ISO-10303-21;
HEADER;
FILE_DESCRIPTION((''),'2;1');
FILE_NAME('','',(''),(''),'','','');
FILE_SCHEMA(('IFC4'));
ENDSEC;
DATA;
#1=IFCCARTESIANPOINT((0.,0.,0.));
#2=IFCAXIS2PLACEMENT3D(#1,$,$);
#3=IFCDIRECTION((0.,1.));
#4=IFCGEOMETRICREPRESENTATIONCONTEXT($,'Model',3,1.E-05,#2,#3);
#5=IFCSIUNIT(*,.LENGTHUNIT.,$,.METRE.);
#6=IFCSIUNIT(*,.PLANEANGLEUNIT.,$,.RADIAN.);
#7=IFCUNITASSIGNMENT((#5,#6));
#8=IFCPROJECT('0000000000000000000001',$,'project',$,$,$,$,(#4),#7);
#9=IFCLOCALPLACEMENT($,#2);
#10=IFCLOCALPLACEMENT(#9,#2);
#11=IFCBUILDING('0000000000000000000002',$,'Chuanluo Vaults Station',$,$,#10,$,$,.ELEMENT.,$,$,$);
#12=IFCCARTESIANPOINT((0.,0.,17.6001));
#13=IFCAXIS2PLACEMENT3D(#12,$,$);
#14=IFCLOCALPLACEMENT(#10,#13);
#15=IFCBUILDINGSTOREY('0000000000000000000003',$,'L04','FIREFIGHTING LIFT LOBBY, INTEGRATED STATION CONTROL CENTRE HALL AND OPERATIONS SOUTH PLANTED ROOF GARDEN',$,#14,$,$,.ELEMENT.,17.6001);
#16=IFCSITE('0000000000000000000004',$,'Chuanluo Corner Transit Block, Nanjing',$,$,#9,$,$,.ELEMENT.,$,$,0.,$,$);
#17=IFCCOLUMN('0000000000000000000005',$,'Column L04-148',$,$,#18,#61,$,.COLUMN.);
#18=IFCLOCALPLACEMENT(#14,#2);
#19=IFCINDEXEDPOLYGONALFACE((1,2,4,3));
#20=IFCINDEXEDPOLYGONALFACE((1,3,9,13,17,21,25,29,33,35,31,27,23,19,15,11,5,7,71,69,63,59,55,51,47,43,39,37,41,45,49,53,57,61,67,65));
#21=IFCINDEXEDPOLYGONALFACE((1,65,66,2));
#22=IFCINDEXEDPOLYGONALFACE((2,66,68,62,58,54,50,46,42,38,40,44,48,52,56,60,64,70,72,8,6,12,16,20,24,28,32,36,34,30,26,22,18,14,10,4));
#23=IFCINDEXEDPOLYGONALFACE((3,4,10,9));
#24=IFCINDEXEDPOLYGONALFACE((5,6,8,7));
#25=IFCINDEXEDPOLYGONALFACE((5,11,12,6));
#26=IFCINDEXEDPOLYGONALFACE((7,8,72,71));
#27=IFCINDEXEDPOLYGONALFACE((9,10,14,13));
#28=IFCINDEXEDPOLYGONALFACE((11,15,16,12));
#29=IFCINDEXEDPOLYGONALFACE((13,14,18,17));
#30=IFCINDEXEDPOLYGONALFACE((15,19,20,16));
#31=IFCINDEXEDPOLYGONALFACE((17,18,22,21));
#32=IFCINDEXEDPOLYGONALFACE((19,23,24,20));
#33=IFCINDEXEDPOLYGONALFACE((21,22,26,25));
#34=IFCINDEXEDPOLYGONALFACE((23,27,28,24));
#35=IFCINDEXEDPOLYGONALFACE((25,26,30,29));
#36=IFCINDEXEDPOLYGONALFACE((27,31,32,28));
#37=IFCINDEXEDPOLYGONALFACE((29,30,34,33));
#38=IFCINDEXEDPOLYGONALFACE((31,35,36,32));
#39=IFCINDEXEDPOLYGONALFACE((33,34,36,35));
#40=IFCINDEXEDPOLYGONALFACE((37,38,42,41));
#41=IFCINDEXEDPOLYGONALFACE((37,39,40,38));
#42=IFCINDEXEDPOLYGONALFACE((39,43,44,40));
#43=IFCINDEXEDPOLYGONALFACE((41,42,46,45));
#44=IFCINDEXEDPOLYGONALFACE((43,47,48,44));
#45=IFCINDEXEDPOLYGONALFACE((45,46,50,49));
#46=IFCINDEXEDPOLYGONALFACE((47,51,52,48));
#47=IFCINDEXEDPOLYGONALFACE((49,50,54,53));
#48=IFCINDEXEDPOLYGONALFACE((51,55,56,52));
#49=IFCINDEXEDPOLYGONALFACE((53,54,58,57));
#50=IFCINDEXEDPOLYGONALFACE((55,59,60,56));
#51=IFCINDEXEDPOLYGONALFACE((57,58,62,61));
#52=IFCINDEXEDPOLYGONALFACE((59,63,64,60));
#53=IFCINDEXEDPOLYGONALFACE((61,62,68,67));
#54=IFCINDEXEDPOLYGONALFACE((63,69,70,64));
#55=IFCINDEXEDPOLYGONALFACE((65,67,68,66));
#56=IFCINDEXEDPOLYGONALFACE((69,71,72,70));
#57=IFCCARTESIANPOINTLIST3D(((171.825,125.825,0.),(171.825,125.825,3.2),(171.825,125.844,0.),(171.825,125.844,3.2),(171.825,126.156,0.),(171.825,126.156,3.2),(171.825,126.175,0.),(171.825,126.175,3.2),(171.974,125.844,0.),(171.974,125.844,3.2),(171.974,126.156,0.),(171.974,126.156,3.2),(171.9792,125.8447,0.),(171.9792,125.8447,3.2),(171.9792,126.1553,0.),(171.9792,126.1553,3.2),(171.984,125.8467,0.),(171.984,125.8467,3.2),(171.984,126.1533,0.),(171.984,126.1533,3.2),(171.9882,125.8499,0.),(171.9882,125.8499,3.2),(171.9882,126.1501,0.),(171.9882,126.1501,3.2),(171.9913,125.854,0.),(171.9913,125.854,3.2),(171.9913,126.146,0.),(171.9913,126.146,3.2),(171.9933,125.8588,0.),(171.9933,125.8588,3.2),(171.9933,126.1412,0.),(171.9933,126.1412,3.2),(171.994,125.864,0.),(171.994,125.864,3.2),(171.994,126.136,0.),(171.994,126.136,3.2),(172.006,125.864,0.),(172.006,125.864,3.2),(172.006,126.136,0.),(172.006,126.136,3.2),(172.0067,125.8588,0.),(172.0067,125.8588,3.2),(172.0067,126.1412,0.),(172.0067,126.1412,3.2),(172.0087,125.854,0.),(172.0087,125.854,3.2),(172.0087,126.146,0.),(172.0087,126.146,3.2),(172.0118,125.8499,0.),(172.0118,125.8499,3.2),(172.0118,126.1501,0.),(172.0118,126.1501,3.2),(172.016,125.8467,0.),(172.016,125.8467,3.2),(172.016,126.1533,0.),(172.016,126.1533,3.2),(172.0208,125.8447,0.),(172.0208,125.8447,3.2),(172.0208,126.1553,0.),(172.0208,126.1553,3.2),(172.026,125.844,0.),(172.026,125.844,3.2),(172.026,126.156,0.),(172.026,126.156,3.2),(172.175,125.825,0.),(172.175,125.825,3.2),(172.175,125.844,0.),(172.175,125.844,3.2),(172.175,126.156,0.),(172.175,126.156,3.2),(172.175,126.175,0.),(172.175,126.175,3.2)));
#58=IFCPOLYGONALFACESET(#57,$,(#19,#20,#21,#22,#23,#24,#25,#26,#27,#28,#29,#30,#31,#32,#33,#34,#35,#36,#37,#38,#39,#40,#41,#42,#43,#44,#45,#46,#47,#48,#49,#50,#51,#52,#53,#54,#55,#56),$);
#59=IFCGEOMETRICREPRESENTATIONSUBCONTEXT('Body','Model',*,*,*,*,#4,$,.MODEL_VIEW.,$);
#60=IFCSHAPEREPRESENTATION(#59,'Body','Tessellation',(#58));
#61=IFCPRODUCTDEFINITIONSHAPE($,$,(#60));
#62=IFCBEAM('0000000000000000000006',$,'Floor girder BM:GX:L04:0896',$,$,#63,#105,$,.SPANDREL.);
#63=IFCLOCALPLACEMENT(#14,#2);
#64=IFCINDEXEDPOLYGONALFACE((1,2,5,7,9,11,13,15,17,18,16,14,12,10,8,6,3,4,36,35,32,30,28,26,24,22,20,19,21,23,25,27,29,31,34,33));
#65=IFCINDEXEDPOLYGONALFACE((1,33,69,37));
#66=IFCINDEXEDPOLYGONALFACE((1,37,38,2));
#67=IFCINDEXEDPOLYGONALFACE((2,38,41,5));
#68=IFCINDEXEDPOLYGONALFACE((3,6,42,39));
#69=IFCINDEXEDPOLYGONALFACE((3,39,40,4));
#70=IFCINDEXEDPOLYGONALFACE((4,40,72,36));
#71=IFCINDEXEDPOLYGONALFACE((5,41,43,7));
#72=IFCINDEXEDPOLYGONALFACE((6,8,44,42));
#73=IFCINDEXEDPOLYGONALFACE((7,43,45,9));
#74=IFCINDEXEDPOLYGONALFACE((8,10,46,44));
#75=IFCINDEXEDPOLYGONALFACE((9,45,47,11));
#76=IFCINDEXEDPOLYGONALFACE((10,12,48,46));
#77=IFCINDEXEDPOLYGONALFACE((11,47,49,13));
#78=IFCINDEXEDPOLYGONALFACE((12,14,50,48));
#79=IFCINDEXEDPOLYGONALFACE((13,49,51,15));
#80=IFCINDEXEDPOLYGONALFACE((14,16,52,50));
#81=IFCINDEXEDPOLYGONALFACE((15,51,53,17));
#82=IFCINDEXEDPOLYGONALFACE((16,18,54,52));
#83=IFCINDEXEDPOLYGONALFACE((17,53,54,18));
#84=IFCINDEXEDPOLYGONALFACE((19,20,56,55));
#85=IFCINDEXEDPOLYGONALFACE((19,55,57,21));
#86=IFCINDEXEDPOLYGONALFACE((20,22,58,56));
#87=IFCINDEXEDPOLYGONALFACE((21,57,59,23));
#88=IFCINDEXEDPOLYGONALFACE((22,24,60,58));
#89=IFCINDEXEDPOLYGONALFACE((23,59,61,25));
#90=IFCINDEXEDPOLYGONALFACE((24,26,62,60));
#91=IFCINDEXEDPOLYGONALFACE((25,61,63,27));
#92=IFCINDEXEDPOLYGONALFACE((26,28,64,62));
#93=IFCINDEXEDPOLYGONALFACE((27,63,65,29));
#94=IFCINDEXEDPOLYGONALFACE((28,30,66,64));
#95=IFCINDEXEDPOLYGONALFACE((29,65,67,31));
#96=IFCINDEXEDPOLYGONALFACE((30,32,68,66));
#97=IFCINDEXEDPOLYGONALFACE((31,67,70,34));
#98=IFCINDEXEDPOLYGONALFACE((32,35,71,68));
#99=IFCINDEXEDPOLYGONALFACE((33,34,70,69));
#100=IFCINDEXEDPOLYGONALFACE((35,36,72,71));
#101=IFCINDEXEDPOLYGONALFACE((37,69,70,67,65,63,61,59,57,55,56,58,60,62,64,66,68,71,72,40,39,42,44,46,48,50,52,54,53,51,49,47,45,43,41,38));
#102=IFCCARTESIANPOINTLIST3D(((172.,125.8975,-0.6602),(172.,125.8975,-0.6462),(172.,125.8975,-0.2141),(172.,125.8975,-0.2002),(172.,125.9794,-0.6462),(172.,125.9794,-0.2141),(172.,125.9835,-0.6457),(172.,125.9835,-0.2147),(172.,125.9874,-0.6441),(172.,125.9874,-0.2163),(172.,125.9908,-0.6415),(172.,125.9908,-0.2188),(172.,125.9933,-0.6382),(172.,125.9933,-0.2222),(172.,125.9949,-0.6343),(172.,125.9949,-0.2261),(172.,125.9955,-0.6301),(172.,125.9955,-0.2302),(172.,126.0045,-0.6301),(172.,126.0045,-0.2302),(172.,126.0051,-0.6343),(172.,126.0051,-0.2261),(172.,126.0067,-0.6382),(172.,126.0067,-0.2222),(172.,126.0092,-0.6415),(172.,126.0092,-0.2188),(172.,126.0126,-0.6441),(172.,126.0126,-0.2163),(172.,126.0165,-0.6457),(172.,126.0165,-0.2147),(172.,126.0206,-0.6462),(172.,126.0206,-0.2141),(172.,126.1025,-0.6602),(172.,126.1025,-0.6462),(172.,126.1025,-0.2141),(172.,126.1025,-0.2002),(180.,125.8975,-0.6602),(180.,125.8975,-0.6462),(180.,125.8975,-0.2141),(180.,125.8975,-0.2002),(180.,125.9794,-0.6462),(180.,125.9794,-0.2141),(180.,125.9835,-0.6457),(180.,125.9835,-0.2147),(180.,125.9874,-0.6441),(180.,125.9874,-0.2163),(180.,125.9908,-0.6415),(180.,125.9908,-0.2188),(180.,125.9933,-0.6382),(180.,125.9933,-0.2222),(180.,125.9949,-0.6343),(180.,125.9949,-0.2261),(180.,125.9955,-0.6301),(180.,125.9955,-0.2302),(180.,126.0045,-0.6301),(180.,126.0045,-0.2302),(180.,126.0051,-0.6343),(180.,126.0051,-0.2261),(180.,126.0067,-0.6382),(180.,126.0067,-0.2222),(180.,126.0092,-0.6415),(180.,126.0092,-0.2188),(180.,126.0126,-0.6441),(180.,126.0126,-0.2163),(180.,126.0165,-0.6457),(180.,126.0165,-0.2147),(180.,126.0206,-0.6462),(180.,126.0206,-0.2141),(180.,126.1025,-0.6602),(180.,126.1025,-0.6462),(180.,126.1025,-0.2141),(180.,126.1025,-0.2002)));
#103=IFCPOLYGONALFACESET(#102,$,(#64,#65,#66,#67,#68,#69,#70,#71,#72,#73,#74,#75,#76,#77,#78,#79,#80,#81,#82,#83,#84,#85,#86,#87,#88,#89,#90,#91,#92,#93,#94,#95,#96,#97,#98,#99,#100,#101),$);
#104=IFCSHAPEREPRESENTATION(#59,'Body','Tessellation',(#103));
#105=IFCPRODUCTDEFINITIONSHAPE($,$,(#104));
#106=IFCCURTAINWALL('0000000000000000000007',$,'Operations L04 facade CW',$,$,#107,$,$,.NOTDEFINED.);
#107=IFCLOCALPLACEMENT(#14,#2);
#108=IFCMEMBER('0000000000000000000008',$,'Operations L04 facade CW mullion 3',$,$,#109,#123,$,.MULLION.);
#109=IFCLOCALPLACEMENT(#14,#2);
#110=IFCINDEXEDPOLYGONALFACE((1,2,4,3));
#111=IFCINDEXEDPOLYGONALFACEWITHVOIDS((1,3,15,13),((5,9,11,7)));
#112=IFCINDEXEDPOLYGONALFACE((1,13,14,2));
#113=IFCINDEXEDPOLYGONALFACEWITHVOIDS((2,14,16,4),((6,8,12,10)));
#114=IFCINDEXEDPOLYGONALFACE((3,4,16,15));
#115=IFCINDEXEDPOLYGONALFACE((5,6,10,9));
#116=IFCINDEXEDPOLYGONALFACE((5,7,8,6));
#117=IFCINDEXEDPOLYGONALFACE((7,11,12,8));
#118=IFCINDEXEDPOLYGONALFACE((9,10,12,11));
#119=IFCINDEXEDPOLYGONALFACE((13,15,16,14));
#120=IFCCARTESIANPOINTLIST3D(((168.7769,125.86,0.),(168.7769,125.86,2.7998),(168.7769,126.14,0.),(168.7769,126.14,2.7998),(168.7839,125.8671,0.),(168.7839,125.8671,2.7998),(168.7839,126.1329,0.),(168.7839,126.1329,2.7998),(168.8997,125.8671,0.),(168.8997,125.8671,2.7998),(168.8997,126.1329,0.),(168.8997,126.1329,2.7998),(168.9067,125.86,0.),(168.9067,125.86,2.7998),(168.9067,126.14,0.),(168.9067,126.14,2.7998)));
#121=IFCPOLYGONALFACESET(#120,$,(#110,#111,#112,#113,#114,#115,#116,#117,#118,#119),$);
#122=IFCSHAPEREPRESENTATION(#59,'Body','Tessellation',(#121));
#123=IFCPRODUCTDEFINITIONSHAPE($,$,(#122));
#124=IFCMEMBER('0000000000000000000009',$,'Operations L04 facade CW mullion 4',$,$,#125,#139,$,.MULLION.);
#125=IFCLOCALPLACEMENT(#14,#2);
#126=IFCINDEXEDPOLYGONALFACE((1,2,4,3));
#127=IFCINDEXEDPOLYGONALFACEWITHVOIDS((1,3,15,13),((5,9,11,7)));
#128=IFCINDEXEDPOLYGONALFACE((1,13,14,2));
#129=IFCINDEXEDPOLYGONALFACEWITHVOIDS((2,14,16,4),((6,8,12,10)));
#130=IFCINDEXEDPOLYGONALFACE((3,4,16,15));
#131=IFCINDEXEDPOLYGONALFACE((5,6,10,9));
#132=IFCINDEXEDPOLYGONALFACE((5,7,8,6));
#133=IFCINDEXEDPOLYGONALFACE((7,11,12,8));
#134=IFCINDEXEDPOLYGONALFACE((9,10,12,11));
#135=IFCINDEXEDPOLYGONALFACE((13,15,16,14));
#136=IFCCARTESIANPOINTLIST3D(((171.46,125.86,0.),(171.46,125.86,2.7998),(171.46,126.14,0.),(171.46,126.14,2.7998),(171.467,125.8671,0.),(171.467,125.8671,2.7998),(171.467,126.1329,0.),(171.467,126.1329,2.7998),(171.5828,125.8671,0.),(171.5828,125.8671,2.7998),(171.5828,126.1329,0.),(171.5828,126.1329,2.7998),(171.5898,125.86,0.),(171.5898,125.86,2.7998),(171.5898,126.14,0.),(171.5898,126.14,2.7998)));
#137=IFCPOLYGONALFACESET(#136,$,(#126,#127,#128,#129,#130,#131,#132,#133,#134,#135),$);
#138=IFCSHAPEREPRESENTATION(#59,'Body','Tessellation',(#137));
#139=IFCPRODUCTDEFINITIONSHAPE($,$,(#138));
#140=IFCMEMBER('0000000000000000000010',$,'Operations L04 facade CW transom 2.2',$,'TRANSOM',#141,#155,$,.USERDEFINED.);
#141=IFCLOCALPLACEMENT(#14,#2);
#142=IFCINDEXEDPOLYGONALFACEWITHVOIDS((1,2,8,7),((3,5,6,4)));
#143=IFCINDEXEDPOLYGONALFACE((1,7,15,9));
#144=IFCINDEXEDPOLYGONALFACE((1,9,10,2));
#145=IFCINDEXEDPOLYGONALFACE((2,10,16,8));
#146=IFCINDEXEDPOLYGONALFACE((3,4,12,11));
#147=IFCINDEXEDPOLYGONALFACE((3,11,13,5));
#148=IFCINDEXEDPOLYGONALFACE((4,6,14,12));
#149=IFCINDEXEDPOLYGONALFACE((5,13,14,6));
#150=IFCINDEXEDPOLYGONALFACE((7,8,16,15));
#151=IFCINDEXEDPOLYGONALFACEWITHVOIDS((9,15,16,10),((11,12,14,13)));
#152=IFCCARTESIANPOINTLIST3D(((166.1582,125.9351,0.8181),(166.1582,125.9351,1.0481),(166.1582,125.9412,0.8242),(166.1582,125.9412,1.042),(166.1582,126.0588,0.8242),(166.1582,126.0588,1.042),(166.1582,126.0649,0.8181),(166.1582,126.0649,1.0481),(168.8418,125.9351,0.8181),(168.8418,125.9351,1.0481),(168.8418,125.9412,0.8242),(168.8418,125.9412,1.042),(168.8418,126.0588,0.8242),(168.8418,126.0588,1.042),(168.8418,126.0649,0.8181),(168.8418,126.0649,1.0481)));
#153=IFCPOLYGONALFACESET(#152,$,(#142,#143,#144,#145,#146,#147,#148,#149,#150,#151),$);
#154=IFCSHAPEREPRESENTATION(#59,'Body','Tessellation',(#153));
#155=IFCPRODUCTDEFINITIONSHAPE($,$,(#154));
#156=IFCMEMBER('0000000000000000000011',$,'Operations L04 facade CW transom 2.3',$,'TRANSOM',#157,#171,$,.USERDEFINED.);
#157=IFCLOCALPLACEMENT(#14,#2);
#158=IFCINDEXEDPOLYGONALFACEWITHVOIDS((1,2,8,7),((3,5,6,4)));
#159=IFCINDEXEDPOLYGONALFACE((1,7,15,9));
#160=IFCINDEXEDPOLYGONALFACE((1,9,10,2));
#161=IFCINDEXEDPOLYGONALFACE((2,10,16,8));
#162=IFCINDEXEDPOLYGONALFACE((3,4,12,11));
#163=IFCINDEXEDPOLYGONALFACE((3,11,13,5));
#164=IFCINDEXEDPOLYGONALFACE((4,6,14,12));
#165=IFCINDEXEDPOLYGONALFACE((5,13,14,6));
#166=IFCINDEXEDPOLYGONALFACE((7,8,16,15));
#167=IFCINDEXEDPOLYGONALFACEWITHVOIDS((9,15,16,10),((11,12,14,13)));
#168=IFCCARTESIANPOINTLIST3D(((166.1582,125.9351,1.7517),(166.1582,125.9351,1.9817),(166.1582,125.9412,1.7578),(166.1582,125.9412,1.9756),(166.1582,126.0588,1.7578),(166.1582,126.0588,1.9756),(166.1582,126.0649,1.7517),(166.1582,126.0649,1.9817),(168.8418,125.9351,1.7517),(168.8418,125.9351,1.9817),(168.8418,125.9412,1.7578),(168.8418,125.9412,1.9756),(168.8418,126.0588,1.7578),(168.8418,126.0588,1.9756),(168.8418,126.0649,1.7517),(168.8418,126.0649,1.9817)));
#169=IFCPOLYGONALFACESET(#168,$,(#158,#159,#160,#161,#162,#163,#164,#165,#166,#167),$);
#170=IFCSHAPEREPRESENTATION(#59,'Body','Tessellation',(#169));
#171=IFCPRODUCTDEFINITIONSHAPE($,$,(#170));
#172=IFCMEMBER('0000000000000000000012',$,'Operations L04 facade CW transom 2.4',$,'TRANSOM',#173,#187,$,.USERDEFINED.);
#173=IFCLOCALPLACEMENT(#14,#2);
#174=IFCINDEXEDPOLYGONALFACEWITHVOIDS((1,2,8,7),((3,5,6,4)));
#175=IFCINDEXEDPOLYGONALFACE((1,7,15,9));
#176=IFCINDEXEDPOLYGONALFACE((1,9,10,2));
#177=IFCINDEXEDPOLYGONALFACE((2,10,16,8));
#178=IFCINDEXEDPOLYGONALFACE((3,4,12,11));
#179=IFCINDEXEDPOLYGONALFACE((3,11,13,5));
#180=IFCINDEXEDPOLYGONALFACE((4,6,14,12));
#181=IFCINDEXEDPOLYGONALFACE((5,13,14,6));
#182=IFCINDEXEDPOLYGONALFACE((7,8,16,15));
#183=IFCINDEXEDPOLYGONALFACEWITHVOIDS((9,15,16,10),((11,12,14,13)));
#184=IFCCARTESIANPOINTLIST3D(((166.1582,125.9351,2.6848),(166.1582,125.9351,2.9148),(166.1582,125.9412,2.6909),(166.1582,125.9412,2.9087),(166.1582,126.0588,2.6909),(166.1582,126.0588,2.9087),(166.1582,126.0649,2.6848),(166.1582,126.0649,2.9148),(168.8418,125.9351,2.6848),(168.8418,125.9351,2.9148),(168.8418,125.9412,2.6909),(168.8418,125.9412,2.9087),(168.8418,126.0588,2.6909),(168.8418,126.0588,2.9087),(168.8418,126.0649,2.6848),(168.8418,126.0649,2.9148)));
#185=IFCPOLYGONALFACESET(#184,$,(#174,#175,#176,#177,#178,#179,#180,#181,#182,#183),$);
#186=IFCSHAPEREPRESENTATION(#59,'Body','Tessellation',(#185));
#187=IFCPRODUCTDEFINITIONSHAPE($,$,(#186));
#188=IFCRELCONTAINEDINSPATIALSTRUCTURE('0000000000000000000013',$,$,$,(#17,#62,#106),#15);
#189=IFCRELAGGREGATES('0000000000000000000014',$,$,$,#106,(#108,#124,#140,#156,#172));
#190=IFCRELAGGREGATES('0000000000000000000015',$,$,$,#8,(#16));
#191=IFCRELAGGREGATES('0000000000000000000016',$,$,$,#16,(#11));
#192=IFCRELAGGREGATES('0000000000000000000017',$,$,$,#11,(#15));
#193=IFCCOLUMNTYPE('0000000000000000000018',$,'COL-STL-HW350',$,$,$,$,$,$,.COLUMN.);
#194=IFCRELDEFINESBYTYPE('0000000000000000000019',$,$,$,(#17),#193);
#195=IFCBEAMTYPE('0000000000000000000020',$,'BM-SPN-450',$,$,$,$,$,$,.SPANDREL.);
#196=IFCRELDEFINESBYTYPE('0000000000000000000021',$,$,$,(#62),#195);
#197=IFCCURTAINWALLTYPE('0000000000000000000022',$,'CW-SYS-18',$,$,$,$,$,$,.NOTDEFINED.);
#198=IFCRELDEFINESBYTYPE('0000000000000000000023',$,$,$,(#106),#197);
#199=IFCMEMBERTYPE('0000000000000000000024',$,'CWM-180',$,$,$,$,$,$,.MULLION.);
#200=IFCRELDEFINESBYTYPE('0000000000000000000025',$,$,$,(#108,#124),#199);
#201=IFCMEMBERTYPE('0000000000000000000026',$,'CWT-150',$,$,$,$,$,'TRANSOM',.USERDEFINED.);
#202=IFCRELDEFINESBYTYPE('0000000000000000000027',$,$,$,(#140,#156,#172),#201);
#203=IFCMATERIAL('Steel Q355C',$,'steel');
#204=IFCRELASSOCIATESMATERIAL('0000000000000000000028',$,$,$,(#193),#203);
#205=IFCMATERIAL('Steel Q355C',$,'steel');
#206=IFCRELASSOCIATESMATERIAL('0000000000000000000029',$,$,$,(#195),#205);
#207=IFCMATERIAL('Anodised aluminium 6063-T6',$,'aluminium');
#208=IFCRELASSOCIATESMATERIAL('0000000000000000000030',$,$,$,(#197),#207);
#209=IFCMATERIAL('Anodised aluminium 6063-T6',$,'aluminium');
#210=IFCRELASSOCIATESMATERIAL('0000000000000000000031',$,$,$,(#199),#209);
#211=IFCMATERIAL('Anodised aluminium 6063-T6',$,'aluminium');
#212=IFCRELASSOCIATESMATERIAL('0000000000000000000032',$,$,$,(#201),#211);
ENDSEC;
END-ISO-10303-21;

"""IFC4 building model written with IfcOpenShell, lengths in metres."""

from ifc_helpers import new_model, si_unit, direction, frame, origin, origin_2d, place, context, subcontext, project, spatial, hollow_rectangle, i_section, extrude, material, material_profile, profile_set, type_object, element, aggregate, save


model = new_model("IFC4")

# Units and contexts
model_context = context("Model", 3, precision=1e-05, world=origin(), true_north=direction((0.0, 1.0)))
body_context = subcontext(model_context, "Body", "Model", "MODEL_VIEW")
ifc_project = project(units=[si_unit("LENGTHUNIT", "METRE"), si_unit("PLANEANGLEUNIT", "RADIAN")], contexts=[model_context])

# Site, building, storey
site_placement = place(None, origin())
site = spatial("IfcSite", under=ifc_project, at=site_placement, Name="Chuanluo Corner Transit Block, Nanjing", CompositionType="ELEMENT", RefElevation=0.0)
building_placement = place(site_placement, origin())
building = spatial("IfcBuilding", under=site, at=building_placement, Name="Chuanluo Vaults Station", CompositionType="ELEMENT")
storey_placement = place(building_placement, frame((0.0, 0.0, 17.6001)))
storey = spatial("IfcBuildingStorey", under=building, at=storey_placement, Name="L04", Description="FIREFIGHTING LIFT LOBBY, INTEGRATED STATION CONTROL CENTRE HALL AND OPERATIONS SOUTH PLANTED ROOF GARDEN", CompositionType="ELEMENT", Elevation=17.6001)

# Column
ifc_material_1 = material(Name="Steel Q355C", Category="steel")
ifc_material_profile_1 = material_profile(ifc_material_1, i_section(OverallWidth=0.3501, OverallDepth=0.3501, WebThickness=0.012, FlangeThickness=0.019, FilletRadius=0.02, at=origin_2d()))
ifc_profile_set_1 = profile_set([ifc_material_profile_1], Name="Steel Q355C")
column_type = type_object("IfcColumnType", Name="COL-STL-HW350", PredefinedType="COLUMN", material=ifc_profile_set_1)
column_placement = place(storey_placement, frame((172.0, 126.0, 0.0), z_axis=(0.0, 0.0, 1.0), x_axis=(1.0, 0.0, 0.0)))
element("IfcColumn", 1, at=column_placement, inside=storey, type_object=column_type, Name="Column L04-148", PredefinedType="COLUMN", context=body_context, shape_type="SweptSolid", body=[
    extrude(i_section(OverallWidth=0.3501, OverallDepth=0.3501, WebThickness=0.012, FlangeThickness=0.019, FilletRadius=0.02, at=origin_2d()), origin(), (0.0, 0.0, 1.0), 3.2),
])

# Beam
ifc_material_2 = material(Name="Steel Q355C", Category="steel")
ifc_material_profile_2 = material_profile(ifc_material_2, i_section(OverallWidth=0.2051, OverallDepth=0.46, WebThickness=0.009, FlangeThickness=0.0139, FilletRadius=0.0161, at=origin_2d()))
ifc_profile_set_2 = profile_set([ifc_material_profile_2], Name="Steel Q355C")
beam_type = type_object("IfcBeamType", Name="BM-SPN-450", PredefinedType="SPANDREL", material=ifc_profile_set_2)
beam_placement = place(storey_placement, frame((172.0, 126.0, -0.4302), z_axis=(1.0, 0.0, 0.0), x_axis=(0.0, 1.0, 0.0)))
element("IfcBeam", 2, at=beam_placement, inside=storey, type_object=beam_type, Name="Floor girder BM:GX:L04:0896", PredefinedType="SPANDREL", context=body_context, shape_type="SweptSolid", body=[
    extrude(i_section(OverallWidth=0.2051, OverallDepth=0.46, WebThickness=0.009, FlangeThickness=0.0139, FilletRadius=0.0161, at=origin_2d()), origin(), (0.0, 0.0, 1.0), 8.0),
])

# Curtain wall, members
ifc_material_3 = material(Name="Anodised aluminium 6063-T6", Category="aluminium")
curtain_wall_type = type_object("IfcCurtainWallType", Name="CW-SYS-18", PredefinedType="NOTDEFINED", material=ifc_material_3)
curtain_wall_placement = place(storey_placement, origin())
curtain_wall = element("IfcCurtainWall", 3, at=curtain_wall_placement, inside=storey, type_object=curtain_wall_type, Name="Operations L04 facade CW", PredefinedType="NOTDEFINED")
ifc_material_4 = material(Name="Anodised aluminium 6063-T6", Category="aluminium")
ifc_material_profile_3 = material_profile(ifc_material_4, hollow_rectangle(XDim=0.1299, YDim=0.28, WallThickness=0.0071, at=origin_2d()))
ifc_profile_set_3 = profile_set([ifc_material_profile_3], Name="Anodised aluminium 6063-T6")
member_type_1 = type_object("IfcMemberType", Name="CWM-180", PredefinedType="MULLION", material=ifc_profile_set_3)
member_1_placement = place(storey_placement, frame((168.8418, 126.0, 0.0), z_axis=(0.0, 0.0, 1.0), x_axis=(1.0, 0.0, 0.0)))
member_1 = element("IfcMember", 4, at=member_1_placement, type_object=member_type_1, Name="Operations L04 facade CW mullion 3", PredefinedType="MULLION", context=body_context, shape_type="SweptSolid", body=[
    extrude(hollow_rectangle(XDim=0.1299, YDim=0.28, WallThickness=0.0071, at=origin_2d()), origin(), (0.0, 0.0, 1.0), 2.7998),
])
member_2_placement = place(storey_placement, frame((171.5249, 126.0, 0.0), z_axis=(0.0, 0.0, 1.0), x_axis=(1.0, 0.0, 0.0)))
member_2 = element("IfcMember", 5, at=member_2_placement, type_object=member_type_1, Name="Operations L04 facade CW mullion 4", PredefinedType="MULLION", context=body_context, shape_type="SweptSolid", body=[
    extrude(hollow_rectangle(XDim=0.1299, YDim=0.28, WallThickness=0.0071, at=origin_2d()), origin(), (0.0, 0.0, 1.0), 2.7998),
])
ifc_material_5 = material(Name="Anodised aluminium 6063-T6", Category="aluminium")
ifc_material_profile_4 = material_profile(ifc_material_5, hollow_rectangle(XDim=0.1299, YDim=0.23, WallThickness=0.0061, at=origin_2d()))
ifc_profile_set_4 = profile_set([ifc_material_profile_4], Name="Anodised aluminium 6063-T6")
member_type_2 = type_object("IfcMemberType", Name="CWT-150", ElementType="TRANSOM", PredefinedType="USERDEFINED", material=ifc_profile_set_4)
member_3_placement = place(storey_placement, frame((166.1582, 126.0, 0.9331), z_axis=(1.0, 0.0, 0.0), x_axis=(0.0, 1.0, 0.0)))
member_3 = element("IfcMember", 6, at=member_3_placement, type_object=member_type_2, Name="Operations L04 facade CW transom 2.2", ObjectType="TRANSOM", PredefinedType="USERDEFINED", context=body_context, shape_type="SweptSolid", body=[
    extrude(hollow_rectangle(XDim=0.1299, YDim=0.23, WallThickness=0.0061, at=origin_2d()), origin(), (0.0, 0.0, 1.0), 2.6836),
])
member_4_placement = place(storey_placement, frame((166.1582, 126.0, 1.8667), z_axis=(1.0, 0.0, 0.0), x_axis=(0.0, 1.0, 0.0)))
member_4 = element("IfcMember", 7, at=member_4_placement, type_object=member_type_2, Name="Operations L04 facade CW transom 2.3", ObjectType="TRANSOM", PredefinedType="USERDEFINED", context=body_context, shape_type="SweptSolid", body=[
    extrude(hollow_rectangle(XDim=0.1299, YDim=0.23, WallThickness=0.0061, at=origin_2d()), origin(), (0.0, 0.0, 1.0), 2.6836),
])
member_5_placement = place(storey_placement, frame((166.1582, 126.0, 2.7998), z_axis=(1.0, 0.0, 0.0), x_axis=(0.0, 1.0, 0.0)))
member_5 = element("IfcMember", 8, at=member_5_placement, type_object=member_type_2, Name="Operations L04 facade CW transom 2.4", ObjectType="TRANSOM", PredefinedType="USERDEFINED", context=body_context, shape_type="SweptSolid", body=[
    extrude(hollow_rectangle(XDim=0.1299, YDim=0.23, WallThickness=0.0061, at=origin_2d()), origin(), (0.0, 0.0, 1.0), 2.6836),
])
aggregate(curtain_wall, [member_1, member_2, member_3, member_4, member_5])

save(model, "model.ifc")
